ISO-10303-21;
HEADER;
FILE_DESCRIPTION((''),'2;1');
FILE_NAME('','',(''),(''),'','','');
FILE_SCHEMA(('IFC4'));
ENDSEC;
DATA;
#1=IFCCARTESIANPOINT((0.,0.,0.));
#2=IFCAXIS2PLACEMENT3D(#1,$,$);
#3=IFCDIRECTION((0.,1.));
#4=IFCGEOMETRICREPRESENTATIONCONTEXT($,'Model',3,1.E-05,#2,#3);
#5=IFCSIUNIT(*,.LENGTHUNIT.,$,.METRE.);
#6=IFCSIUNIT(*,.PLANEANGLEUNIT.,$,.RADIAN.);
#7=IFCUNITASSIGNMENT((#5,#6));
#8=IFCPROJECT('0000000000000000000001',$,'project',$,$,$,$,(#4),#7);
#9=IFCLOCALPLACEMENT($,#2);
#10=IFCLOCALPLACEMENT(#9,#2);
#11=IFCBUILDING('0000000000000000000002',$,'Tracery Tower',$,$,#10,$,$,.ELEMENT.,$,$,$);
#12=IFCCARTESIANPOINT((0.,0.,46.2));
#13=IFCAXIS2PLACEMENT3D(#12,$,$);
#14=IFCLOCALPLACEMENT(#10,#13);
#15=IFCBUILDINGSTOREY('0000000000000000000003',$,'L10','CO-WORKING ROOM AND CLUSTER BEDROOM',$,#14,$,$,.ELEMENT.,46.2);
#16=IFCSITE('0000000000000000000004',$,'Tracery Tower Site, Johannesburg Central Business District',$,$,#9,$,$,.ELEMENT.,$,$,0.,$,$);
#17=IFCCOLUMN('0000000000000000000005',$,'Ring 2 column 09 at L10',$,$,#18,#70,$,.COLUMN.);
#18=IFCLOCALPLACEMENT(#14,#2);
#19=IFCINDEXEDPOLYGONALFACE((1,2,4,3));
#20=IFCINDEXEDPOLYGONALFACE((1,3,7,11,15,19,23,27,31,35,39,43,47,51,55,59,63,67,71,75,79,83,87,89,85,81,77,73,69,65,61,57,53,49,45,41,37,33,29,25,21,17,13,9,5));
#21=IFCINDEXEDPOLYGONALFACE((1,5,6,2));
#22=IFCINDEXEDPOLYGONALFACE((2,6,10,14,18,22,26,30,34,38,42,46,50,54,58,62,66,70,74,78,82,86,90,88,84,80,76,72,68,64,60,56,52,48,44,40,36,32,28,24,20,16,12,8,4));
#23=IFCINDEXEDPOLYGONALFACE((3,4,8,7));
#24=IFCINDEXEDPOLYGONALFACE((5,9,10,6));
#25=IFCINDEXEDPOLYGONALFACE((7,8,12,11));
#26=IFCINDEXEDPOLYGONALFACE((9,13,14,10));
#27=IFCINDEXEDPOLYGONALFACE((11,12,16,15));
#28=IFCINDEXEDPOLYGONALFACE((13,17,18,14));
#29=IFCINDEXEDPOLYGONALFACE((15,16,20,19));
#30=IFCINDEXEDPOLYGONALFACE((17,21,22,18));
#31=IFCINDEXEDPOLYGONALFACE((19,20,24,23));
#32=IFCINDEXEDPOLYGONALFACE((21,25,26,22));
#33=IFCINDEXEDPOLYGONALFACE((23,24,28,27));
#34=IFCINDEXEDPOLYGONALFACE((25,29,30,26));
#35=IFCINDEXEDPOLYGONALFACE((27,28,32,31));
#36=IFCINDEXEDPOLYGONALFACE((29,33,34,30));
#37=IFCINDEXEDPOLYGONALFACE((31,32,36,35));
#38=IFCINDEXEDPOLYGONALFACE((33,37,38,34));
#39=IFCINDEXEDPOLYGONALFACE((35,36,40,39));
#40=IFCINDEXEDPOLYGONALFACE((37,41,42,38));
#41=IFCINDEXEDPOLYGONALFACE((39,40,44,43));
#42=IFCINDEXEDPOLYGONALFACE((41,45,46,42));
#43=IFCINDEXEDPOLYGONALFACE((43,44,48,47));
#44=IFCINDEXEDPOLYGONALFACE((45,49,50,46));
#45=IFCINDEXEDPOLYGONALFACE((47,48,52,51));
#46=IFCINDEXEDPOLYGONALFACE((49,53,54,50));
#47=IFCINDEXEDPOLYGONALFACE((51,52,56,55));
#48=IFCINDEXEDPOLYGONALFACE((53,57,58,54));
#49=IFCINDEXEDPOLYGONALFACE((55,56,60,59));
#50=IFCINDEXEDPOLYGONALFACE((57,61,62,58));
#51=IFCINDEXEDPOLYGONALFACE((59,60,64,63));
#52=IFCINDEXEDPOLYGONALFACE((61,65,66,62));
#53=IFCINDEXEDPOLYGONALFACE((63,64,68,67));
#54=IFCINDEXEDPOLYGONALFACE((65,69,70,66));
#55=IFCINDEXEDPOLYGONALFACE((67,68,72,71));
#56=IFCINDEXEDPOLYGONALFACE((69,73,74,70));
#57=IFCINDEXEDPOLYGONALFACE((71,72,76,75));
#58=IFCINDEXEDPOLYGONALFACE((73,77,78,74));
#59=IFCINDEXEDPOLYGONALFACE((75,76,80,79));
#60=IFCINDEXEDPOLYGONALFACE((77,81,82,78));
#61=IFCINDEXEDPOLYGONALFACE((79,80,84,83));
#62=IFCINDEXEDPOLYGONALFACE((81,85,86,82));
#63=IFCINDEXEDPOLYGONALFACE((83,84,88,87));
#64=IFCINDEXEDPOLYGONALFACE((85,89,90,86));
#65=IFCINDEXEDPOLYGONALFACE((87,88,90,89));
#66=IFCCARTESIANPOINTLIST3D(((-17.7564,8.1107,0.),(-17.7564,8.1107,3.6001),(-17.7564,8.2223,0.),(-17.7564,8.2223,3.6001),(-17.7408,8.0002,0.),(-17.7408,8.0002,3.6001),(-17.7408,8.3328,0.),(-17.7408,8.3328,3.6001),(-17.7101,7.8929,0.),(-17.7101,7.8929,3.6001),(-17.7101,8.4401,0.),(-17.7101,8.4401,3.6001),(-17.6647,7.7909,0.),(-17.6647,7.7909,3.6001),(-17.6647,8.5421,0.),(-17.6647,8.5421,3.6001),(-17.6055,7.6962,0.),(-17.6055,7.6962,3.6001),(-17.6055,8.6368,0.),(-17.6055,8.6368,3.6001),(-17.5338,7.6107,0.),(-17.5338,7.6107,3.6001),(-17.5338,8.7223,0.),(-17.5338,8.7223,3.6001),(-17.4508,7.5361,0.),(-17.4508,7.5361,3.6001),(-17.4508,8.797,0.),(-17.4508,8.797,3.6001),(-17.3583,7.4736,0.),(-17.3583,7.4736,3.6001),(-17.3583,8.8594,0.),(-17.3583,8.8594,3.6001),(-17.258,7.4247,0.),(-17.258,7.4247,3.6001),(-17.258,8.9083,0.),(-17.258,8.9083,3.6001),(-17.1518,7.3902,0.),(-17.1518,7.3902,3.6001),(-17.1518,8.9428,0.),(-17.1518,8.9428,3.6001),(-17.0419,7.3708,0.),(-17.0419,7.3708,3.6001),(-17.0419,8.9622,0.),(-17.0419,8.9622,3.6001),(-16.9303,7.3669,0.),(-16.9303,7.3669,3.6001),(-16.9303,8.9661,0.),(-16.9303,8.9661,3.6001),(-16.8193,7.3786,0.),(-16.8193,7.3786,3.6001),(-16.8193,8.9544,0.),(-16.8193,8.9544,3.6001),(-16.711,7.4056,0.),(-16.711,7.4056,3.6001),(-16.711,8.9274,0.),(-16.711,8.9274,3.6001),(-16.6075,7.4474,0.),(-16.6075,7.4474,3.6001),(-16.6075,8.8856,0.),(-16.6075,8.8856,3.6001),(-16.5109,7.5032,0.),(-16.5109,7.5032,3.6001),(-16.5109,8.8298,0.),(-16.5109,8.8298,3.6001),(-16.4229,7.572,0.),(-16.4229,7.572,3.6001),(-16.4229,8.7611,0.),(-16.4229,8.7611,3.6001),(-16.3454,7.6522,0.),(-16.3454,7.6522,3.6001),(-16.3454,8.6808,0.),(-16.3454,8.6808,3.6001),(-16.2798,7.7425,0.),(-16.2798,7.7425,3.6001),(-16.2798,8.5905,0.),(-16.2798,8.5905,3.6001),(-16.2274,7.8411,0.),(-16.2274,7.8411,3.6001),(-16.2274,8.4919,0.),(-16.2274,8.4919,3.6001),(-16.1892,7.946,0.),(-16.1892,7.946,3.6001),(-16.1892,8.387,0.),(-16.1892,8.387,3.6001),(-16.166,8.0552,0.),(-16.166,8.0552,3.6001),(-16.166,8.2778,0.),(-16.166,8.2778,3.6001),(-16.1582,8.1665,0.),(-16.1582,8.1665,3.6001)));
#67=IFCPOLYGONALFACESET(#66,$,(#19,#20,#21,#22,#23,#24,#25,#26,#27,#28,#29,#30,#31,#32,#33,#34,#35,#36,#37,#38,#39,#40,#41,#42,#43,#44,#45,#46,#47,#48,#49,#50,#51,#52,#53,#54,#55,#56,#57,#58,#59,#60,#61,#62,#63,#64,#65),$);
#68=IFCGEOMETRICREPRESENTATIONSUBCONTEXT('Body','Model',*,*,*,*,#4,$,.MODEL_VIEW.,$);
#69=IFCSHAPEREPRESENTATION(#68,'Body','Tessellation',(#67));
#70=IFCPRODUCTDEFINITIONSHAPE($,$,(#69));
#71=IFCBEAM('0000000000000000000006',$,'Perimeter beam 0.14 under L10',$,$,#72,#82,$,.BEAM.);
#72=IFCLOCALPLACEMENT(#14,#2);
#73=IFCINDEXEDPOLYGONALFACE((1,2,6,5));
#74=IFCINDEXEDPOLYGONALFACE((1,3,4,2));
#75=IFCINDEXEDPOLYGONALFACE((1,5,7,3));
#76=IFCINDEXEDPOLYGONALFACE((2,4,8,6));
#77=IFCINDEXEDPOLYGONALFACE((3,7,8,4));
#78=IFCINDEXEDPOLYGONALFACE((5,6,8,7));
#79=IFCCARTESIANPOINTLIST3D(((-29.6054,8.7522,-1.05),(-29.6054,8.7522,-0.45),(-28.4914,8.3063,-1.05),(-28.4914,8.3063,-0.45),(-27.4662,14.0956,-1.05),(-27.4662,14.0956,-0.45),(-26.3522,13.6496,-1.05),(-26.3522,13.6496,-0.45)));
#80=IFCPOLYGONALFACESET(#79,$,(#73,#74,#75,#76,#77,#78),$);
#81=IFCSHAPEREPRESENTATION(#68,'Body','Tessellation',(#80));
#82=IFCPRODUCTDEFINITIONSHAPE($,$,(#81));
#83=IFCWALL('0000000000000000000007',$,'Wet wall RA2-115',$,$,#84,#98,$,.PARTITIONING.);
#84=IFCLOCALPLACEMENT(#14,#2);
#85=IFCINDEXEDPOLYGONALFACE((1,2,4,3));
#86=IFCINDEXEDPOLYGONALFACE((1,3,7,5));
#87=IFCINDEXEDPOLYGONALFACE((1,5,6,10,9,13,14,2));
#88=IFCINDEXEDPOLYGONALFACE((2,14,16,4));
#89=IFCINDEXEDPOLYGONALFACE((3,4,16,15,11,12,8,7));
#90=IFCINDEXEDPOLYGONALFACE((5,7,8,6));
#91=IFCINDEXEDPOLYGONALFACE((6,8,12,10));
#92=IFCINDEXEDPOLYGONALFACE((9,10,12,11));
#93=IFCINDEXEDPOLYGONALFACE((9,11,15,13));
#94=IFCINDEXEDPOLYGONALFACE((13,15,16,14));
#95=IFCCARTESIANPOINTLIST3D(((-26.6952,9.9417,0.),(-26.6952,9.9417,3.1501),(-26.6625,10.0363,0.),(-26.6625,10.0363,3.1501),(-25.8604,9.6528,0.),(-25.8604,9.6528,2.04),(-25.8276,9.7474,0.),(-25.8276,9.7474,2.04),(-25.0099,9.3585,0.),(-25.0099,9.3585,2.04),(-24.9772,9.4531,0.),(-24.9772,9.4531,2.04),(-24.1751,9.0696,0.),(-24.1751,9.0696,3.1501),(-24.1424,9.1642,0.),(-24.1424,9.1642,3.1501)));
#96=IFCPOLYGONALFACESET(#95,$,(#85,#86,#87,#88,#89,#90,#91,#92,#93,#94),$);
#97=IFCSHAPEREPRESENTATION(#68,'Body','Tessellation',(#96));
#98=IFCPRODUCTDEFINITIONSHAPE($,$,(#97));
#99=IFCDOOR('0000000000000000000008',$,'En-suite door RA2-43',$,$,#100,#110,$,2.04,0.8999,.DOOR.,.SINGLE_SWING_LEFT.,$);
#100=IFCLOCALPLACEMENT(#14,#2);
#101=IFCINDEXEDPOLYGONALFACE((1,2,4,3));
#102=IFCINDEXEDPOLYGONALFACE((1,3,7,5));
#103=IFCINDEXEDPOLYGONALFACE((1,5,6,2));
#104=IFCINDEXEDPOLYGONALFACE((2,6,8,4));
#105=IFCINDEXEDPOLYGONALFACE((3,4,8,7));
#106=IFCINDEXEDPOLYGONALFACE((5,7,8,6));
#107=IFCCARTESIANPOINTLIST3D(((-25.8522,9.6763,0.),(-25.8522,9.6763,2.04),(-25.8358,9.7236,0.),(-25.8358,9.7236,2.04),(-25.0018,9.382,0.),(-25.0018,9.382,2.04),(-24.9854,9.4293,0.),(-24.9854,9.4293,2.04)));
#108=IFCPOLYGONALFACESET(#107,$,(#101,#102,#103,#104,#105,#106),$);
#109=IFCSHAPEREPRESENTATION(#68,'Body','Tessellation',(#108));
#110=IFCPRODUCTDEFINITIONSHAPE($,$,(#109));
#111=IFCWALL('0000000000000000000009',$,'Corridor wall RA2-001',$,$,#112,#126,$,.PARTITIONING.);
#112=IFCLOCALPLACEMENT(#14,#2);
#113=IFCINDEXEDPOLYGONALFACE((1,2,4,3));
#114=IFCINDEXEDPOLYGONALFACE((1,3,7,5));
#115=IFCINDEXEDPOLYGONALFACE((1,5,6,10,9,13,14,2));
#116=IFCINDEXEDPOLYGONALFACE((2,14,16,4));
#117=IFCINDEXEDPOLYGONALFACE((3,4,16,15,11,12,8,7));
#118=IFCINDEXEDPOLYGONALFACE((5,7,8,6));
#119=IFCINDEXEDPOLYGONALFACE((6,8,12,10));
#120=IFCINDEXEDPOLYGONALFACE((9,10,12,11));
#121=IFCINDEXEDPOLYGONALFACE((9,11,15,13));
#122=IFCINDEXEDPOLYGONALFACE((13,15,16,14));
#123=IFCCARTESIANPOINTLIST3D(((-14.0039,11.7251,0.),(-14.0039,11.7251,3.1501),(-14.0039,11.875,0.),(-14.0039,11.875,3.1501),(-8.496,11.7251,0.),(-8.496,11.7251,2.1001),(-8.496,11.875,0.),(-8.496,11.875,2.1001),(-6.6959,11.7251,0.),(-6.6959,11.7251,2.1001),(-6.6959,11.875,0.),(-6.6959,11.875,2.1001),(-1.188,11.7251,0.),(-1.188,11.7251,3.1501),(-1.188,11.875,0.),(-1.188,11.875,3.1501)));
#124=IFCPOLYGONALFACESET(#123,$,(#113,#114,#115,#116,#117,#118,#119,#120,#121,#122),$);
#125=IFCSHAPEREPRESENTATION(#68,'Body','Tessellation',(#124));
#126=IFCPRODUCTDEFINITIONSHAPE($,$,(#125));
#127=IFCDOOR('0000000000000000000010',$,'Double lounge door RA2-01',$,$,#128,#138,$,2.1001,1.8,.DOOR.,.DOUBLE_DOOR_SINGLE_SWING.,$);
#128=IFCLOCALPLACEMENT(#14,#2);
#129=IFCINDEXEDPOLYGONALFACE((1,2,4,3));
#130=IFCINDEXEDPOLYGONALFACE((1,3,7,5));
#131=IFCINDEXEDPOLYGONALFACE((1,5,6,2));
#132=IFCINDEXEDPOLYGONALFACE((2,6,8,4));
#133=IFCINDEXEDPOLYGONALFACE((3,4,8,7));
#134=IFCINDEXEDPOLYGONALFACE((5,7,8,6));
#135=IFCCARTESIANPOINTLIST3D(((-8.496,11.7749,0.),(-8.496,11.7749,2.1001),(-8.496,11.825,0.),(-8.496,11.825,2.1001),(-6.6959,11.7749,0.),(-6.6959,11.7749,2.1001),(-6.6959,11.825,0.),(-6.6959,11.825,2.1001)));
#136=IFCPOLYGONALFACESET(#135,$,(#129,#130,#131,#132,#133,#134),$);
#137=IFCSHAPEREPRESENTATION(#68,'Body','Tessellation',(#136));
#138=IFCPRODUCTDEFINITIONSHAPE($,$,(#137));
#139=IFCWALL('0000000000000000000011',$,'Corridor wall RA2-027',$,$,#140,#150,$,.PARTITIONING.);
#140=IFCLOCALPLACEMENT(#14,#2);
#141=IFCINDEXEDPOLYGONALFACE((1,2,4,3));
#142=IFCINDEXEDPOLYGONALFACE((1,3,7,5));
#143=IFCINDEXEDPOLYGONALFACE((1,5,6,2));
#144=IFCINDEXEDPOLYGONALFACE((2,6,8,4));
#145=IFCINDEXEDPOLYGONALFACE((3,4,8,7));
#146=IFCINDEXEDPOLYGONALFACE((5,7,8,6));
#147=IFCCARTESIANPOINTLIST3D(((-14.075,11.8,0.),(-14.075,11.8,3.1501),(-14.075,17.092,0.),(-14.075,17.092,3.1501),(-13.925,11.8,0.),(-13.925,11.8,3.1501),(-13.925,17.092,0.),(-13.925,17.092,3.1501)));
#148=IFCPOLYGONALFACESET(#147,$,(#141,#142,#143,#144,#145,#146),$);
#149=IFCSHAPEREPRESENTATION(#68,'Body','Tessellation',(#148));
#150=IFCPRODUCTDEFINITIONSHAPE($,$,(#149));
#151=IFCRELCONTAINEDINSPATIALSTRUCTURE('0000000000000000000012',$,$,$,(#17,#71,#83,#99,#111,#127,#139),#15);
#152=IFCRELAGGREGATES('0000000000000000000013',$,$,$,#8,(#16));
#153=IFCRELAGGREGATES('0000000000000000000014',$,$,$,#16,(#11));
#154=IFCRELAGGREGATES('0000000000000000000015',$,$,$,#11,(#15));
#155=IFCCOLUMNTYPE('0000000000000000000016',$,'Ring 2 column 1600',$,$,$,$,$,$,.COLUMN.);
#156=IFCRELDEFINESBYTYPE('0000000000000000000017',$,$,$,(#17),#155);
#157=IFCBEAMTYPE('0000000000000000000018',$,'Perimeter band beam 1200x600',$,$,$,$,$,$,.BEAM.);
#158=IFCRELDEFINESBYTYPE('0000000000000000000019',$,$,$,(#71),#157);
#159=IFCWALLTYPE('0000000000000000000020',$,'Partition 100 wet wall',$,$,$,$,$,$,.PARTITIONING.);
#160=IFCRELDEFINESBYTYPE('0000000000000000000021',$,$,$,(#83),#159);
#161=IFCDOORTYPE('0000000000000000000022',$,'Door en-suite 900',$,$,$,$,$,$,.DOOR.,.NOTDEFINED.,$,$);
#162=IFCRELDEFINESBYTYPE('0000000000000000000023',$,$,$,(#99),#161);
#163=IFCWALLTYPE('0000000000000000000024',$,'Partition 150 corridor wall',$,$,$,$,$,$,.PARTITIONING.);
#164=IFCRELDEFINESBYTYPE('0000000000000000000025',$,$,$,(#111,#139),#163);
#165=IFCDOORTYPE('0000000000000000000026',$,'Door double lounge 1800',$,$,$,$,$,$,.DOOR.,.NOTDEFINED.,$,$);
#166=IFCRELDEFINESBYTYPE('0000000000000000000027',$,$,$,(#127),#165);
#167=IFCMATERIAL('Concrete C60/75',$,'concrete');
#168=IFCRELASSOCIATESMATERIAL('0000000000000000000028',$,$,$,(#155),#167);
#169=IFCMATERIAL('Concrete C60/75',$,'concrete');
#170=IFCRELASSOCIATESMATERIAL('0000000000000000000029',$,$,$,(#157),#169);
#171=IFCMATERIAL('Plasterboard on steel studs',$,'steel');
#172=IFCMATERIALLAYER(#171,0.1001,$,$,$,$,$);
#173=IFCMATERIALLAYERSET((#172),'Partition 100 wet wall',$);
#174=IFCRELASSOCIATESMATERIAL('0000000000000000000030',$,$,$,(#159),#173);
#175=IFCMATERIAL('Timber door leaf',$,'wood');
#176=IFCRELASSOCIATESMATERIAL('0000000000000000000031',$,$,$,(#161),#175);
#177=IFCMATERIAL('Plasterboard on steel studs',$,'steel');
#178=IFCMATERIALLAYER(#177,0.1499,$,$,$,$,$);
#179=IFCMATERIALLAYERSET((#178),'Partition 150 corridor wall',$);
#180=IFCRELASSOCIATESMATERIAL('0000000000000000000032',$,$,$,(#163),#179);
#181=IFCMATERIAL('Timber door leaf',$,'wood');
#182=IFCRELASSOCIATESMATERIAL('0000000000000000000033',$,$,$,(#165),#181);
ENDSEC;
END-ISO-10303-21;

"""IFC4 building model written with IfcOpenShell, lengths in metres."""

from ifc_helpers import new_model, si_unit, direction, frame, frame_2d, origin, origin_2d, place, context, subcontext, project, spatial, rectangle, circle, extrude, material, layer, layer_set, material_profile, profile_set, type_object, element, fill, save


model = new_model("IFC4")

# Units and contexts
model_context = context("Model", 3, precision=1e-05, world=origin(), true_north=direction((0.0, 1.0)))
body_context = subcontext(model_context, "Body", "Model", "MODEL_VIEW")
ifc_project = project(units=[si_unit("LENGTHUNIT", "METRE"), si_unit("PLANEANGLEUNIT", "RADIAN")], contexts=[model_context])

# Site, building, storey
site_placement = place(None, origin())
site = spatial("IfcSite", under=ifc_project, at=site_placement, Name="Tracery Tower Site, Johannesburg Central Business District", CompositionType="ELEMENT", RefElevation=0.0)
building_placement = place(site_placement, origin())
building = spatial("IfcBuilding", under=site, at=building_placement, Name="Tracery Tower", CompositionType="ELEMENT")
storey_placement = place(building_placement, frame((0.0, 0.0, 46.2)))
storey = spatial("IfcBuildingStorey", under=building, at=storey_placement, Name="L10", Description="CO-WORKING ROOM AND CLUSTER BEDROOM", CompositionType="ELEMENT", Elevation=46.2)

# Column
ifc_material_1 = material(Name="Concrete C60/75", Category="concrete")
ifc_material_profile_1 = material_profile(ifc_material_1, circle(Radius=0.8, at=origin_2d()), Name="RC D1600")
ifc_profile_set_1 = profile_set([ifc_material_profile_1], Name="Concrete C60/75")
column_type_1 = type_object("IfcColumnType", Name="Ring 2 column 1600", PredefinedType="COLUMN", material=ifc_profile_set_1)
for number, where, z_axis, x_axis, name in (
    (1, (-16.9583, 8.1665, 0.0), (0.0, 0.0, 1.0), (1.0, 0.0, 0.0), "Ring 2 column 09 at L10"),
):
    element("IfcColumn", number, at=place(storey_placement, frame(where, z_axis=z_axis, x_axis=x_axis)), inside=storey, type_object=column_type_1, Name=name, PredefinedType="COLUMN", context=body_context, shape_type="SweptSolid", body=[
        extrude(circle(Radius=0.8, at=origin_2d()), origin(), (0.0, 0.0, 1.0), 3.6001),
    ])

# Beam
ifc_material_2 = material(Name="Concrete C60/75", Category="concrete")
ifc_material_profile_2 = material_profile(ifc_material_2, rectangle(XDim=1.2, YDim=0.6001, at=origin_2d()), Name="RC 1200x600")
ifc_profile_set_2 = profile_set([ifc_material_profile_2], Name="Concrete C60/75")
beam_type = type_object("IfcBeamType", Name="Perimeter band beam 1200x600", PredefinedType="BEAM", material=ifc_profile_set_2)
beam_placement = place(storey_placement, frame((-26.9092, 13.8726, -0.75), z_axis=(-0.371669, -0.928365, 0.0), x_axis=(0.928365, -0.371669, 0.0)))
element("IfcBeam", 2, at=beam_placement, inside=storey, type_object=beam_type, Name="Perimeter beam 0.14 under L10", PredefinedType="BEAM", context=body_context, shape_type="SweptSolid", body=[
    extrude(rectangle(XDim=1.2, YDim=0.6001, at=origin_2d()), origin(), (0.0, 0.0, 1.0), 5.7556),
])

# Walls, openings, doors
ifc_material_3 = material(Name="Plasterboard on steel studs", Category="steel")
ifc_layer_1 = layer(ifc_material_3, 0.1001)
ifc_layer_set_1 = layer_set([ifc_layer_1], Name="Partition 100 wet wall")
wall_type_1 = type_object("IfcWallType", Name="Partition 100 wet wall", PredefinedType="PARTITIONING", material=ifc_layer_set_1)
wall_1_placement = place(storey_placement, frame((-26.679, 9.989, 0.0), z_axis=(0.0, 0.0, 1.0), x_axis=(0.945014, -0.327029, 0.0)))
wall_1 = element("IfcWall", 3, at=wall_1_placement, inside=storey, type_object=wall_type_1, Name="Wet wall RA2-115", PredefinedType="PARTITIONING", context=body_context, shape_type="SweptSolid", body=[
    extrude(rectangle(XDim=2.6667, YDim=0.1001, at=frame_2d((1.3335, 0.0))), origin(), (0.0, 0.0, 1.0), 3.1501),
])
opening_1_placement = place(wall_1_placement, frame((0.8835, 0.0, 0.0)))
opening_1 = element("IfcOpeningElement", 4, at=opening_1_placement, cuts=wall_1, PredefinedType="OPENING", context=body_context, shape_type="SweptSolid", body=[
    extrude(rectangle(XDim=0.8999, YDim=2.04, at=frame_2d((0.45, 1.02))), frame((0.0, 0.05, 0.0), z_axis=(0.0, -1.0, 0.0), x_axis=(1.0, 0.0, 0.0)), (0.0, 0.0, 1.0), 0.1001),
])
ifc_material_4 = material(Name="Timber door leaf", Category="wood")
door_type_1 = type_object("IfcDoorType", Name="Door en-suite 900", OperationType="NOTDEFINED", PredefinedType="DOOR", material=ifc_material_4)
door_1_placement = place(opening_1_placement, origin())
door_1 = element("IfcDoor", 5, at=door_1_placement, inside=storey, type_object=door_type_1, Name="En-suite door RA2-43", OperationType="SINGLE_SWING_LEFT", OverallHeight=2.04, OverallWidth=0.8999, PredefinedType="DOOR", context=body_context, shape_type="SweptSolid", body=[
    extrude(rectangle(XDim=0.8999, YDim=2.04, at=frame_2d((0.45, 1.02))), frame((0.0, 0.0249, 0.0), z_axis=(0.0, -1.0, 0.0), x_axis=(1.0, 0.0, 0.0)), (0.0, 0.0, 1.0), 0.05),
])
fill(opening_1, door_1)
ifc_material_5 = material(Name="Plasterboard on steel studs", Category="steel")
ifc_layer_2 = layer(ifc_material_5, 0.1499)
ifc_layer_set_2 = layer_set([ifc_layer_2], Name="Partition 150 corridor wall")
wall_type_2 = type_object("IfcWallType", Name="Partition 150 corridor wall", PredefinedType="PARTITIONING", material=ifc_layer_set_2)
wall_2_placement = place(storey_placement, frame((-14.0039, 11.8, 0.0), z_axis=(0.0, 0.0, 1.0), x_axis=(1.0, 0.0, 0.0)))
wall_2 = element("IfcWall", 6, at=wall_2_placement, inside=storey, type_object=wall_type_2, Name="Corridor wall RA2-001", PredefinedType="PARTITIONING", context=body_context, shape_type="SweptSolid", body=[
    extrude(rectangle(XDim=12.8159, YDim=0.1499, at=frame_2d((6.408, 0.0))), origin(), (0.0, 0.0, 1.0), 3.1501),
])
opening_2_placement = place(wall_2_placement, frame((5.5081, 0.0, 0.0)))
opening_2 = element("IfcOpeningElement", 7, at=opening_2_placement, cuts=wall_2, PredefinedType="OPENING", context=body_context, shape_type="SweptSolid", body=[
    extrude(rectangle(XDim=1.8, YDim=2.1001, at=frame_2d((0.8999, 1.05))), frame((0.0, 0.075, 0.0), z_axis=(0.0, -1.0, 0.0), x_axis=(1.0, 0.0, 0.0)), (0.0, 0.0, 1.0), 0.1499),
])
ifc_material_6 = material(Name="Timber door leaf", Category="wood")
door_type_2 = type_object("IfcDoorType", Name="Door double lounge 1800", OperationType="NOTDEFINED", PredefinedType="DOOR", material=ifc_material_6)
door_2_placement = place(opening_2_placement, origin())
door_2 = element("IfcDoor", 8, at=door_2_placement, inside=storey, type_object=door_type_2, Name="Double lounge door RA2-01", OperationType="DOUBLE_DOOR_SINGLE_SWING", OverallHeight=2.1001, OverallWidth=1.8, PredefinedType="DOOR", context=body_context, shape_type="SweptSolid", body=[
    extrude(rectangle(XDim=1.8, YDim=2.1001, at=frame_2d((0.8999, 1.05))), frame((0.0, 0.0249, 0.0), z_axis=(0.0, -1.0, 0.0), x_axis=(1.0, 0.0, 0.0)), (0.0, 0.0, 1.0), 0.05),
])
fill(opening_2, door_2)

# Wall
wall_3_placement = place(storey_placement, frame((-14.0, 11.8, 0.0), z_axis=(0.0, 0.0, 1.0), x_axis=(0.0, 1.0, 0.0)))
element("IfcWall", 9, at=wall_3_placement, inside=storey, type_object=wall_type_2, Name="Corridor wall RA2-027", PredefinedType="PARTITIONING", context=body_context, shape_type="SweptSolid", body=[
    extrude(rectangle(XDim=5.292, YDim=0.1499, at=frame_2d((2.646, 0.0))), origin(), (0.0, 0.0, 1.0), 3.1501),
])

save(model, "model.ifc")
